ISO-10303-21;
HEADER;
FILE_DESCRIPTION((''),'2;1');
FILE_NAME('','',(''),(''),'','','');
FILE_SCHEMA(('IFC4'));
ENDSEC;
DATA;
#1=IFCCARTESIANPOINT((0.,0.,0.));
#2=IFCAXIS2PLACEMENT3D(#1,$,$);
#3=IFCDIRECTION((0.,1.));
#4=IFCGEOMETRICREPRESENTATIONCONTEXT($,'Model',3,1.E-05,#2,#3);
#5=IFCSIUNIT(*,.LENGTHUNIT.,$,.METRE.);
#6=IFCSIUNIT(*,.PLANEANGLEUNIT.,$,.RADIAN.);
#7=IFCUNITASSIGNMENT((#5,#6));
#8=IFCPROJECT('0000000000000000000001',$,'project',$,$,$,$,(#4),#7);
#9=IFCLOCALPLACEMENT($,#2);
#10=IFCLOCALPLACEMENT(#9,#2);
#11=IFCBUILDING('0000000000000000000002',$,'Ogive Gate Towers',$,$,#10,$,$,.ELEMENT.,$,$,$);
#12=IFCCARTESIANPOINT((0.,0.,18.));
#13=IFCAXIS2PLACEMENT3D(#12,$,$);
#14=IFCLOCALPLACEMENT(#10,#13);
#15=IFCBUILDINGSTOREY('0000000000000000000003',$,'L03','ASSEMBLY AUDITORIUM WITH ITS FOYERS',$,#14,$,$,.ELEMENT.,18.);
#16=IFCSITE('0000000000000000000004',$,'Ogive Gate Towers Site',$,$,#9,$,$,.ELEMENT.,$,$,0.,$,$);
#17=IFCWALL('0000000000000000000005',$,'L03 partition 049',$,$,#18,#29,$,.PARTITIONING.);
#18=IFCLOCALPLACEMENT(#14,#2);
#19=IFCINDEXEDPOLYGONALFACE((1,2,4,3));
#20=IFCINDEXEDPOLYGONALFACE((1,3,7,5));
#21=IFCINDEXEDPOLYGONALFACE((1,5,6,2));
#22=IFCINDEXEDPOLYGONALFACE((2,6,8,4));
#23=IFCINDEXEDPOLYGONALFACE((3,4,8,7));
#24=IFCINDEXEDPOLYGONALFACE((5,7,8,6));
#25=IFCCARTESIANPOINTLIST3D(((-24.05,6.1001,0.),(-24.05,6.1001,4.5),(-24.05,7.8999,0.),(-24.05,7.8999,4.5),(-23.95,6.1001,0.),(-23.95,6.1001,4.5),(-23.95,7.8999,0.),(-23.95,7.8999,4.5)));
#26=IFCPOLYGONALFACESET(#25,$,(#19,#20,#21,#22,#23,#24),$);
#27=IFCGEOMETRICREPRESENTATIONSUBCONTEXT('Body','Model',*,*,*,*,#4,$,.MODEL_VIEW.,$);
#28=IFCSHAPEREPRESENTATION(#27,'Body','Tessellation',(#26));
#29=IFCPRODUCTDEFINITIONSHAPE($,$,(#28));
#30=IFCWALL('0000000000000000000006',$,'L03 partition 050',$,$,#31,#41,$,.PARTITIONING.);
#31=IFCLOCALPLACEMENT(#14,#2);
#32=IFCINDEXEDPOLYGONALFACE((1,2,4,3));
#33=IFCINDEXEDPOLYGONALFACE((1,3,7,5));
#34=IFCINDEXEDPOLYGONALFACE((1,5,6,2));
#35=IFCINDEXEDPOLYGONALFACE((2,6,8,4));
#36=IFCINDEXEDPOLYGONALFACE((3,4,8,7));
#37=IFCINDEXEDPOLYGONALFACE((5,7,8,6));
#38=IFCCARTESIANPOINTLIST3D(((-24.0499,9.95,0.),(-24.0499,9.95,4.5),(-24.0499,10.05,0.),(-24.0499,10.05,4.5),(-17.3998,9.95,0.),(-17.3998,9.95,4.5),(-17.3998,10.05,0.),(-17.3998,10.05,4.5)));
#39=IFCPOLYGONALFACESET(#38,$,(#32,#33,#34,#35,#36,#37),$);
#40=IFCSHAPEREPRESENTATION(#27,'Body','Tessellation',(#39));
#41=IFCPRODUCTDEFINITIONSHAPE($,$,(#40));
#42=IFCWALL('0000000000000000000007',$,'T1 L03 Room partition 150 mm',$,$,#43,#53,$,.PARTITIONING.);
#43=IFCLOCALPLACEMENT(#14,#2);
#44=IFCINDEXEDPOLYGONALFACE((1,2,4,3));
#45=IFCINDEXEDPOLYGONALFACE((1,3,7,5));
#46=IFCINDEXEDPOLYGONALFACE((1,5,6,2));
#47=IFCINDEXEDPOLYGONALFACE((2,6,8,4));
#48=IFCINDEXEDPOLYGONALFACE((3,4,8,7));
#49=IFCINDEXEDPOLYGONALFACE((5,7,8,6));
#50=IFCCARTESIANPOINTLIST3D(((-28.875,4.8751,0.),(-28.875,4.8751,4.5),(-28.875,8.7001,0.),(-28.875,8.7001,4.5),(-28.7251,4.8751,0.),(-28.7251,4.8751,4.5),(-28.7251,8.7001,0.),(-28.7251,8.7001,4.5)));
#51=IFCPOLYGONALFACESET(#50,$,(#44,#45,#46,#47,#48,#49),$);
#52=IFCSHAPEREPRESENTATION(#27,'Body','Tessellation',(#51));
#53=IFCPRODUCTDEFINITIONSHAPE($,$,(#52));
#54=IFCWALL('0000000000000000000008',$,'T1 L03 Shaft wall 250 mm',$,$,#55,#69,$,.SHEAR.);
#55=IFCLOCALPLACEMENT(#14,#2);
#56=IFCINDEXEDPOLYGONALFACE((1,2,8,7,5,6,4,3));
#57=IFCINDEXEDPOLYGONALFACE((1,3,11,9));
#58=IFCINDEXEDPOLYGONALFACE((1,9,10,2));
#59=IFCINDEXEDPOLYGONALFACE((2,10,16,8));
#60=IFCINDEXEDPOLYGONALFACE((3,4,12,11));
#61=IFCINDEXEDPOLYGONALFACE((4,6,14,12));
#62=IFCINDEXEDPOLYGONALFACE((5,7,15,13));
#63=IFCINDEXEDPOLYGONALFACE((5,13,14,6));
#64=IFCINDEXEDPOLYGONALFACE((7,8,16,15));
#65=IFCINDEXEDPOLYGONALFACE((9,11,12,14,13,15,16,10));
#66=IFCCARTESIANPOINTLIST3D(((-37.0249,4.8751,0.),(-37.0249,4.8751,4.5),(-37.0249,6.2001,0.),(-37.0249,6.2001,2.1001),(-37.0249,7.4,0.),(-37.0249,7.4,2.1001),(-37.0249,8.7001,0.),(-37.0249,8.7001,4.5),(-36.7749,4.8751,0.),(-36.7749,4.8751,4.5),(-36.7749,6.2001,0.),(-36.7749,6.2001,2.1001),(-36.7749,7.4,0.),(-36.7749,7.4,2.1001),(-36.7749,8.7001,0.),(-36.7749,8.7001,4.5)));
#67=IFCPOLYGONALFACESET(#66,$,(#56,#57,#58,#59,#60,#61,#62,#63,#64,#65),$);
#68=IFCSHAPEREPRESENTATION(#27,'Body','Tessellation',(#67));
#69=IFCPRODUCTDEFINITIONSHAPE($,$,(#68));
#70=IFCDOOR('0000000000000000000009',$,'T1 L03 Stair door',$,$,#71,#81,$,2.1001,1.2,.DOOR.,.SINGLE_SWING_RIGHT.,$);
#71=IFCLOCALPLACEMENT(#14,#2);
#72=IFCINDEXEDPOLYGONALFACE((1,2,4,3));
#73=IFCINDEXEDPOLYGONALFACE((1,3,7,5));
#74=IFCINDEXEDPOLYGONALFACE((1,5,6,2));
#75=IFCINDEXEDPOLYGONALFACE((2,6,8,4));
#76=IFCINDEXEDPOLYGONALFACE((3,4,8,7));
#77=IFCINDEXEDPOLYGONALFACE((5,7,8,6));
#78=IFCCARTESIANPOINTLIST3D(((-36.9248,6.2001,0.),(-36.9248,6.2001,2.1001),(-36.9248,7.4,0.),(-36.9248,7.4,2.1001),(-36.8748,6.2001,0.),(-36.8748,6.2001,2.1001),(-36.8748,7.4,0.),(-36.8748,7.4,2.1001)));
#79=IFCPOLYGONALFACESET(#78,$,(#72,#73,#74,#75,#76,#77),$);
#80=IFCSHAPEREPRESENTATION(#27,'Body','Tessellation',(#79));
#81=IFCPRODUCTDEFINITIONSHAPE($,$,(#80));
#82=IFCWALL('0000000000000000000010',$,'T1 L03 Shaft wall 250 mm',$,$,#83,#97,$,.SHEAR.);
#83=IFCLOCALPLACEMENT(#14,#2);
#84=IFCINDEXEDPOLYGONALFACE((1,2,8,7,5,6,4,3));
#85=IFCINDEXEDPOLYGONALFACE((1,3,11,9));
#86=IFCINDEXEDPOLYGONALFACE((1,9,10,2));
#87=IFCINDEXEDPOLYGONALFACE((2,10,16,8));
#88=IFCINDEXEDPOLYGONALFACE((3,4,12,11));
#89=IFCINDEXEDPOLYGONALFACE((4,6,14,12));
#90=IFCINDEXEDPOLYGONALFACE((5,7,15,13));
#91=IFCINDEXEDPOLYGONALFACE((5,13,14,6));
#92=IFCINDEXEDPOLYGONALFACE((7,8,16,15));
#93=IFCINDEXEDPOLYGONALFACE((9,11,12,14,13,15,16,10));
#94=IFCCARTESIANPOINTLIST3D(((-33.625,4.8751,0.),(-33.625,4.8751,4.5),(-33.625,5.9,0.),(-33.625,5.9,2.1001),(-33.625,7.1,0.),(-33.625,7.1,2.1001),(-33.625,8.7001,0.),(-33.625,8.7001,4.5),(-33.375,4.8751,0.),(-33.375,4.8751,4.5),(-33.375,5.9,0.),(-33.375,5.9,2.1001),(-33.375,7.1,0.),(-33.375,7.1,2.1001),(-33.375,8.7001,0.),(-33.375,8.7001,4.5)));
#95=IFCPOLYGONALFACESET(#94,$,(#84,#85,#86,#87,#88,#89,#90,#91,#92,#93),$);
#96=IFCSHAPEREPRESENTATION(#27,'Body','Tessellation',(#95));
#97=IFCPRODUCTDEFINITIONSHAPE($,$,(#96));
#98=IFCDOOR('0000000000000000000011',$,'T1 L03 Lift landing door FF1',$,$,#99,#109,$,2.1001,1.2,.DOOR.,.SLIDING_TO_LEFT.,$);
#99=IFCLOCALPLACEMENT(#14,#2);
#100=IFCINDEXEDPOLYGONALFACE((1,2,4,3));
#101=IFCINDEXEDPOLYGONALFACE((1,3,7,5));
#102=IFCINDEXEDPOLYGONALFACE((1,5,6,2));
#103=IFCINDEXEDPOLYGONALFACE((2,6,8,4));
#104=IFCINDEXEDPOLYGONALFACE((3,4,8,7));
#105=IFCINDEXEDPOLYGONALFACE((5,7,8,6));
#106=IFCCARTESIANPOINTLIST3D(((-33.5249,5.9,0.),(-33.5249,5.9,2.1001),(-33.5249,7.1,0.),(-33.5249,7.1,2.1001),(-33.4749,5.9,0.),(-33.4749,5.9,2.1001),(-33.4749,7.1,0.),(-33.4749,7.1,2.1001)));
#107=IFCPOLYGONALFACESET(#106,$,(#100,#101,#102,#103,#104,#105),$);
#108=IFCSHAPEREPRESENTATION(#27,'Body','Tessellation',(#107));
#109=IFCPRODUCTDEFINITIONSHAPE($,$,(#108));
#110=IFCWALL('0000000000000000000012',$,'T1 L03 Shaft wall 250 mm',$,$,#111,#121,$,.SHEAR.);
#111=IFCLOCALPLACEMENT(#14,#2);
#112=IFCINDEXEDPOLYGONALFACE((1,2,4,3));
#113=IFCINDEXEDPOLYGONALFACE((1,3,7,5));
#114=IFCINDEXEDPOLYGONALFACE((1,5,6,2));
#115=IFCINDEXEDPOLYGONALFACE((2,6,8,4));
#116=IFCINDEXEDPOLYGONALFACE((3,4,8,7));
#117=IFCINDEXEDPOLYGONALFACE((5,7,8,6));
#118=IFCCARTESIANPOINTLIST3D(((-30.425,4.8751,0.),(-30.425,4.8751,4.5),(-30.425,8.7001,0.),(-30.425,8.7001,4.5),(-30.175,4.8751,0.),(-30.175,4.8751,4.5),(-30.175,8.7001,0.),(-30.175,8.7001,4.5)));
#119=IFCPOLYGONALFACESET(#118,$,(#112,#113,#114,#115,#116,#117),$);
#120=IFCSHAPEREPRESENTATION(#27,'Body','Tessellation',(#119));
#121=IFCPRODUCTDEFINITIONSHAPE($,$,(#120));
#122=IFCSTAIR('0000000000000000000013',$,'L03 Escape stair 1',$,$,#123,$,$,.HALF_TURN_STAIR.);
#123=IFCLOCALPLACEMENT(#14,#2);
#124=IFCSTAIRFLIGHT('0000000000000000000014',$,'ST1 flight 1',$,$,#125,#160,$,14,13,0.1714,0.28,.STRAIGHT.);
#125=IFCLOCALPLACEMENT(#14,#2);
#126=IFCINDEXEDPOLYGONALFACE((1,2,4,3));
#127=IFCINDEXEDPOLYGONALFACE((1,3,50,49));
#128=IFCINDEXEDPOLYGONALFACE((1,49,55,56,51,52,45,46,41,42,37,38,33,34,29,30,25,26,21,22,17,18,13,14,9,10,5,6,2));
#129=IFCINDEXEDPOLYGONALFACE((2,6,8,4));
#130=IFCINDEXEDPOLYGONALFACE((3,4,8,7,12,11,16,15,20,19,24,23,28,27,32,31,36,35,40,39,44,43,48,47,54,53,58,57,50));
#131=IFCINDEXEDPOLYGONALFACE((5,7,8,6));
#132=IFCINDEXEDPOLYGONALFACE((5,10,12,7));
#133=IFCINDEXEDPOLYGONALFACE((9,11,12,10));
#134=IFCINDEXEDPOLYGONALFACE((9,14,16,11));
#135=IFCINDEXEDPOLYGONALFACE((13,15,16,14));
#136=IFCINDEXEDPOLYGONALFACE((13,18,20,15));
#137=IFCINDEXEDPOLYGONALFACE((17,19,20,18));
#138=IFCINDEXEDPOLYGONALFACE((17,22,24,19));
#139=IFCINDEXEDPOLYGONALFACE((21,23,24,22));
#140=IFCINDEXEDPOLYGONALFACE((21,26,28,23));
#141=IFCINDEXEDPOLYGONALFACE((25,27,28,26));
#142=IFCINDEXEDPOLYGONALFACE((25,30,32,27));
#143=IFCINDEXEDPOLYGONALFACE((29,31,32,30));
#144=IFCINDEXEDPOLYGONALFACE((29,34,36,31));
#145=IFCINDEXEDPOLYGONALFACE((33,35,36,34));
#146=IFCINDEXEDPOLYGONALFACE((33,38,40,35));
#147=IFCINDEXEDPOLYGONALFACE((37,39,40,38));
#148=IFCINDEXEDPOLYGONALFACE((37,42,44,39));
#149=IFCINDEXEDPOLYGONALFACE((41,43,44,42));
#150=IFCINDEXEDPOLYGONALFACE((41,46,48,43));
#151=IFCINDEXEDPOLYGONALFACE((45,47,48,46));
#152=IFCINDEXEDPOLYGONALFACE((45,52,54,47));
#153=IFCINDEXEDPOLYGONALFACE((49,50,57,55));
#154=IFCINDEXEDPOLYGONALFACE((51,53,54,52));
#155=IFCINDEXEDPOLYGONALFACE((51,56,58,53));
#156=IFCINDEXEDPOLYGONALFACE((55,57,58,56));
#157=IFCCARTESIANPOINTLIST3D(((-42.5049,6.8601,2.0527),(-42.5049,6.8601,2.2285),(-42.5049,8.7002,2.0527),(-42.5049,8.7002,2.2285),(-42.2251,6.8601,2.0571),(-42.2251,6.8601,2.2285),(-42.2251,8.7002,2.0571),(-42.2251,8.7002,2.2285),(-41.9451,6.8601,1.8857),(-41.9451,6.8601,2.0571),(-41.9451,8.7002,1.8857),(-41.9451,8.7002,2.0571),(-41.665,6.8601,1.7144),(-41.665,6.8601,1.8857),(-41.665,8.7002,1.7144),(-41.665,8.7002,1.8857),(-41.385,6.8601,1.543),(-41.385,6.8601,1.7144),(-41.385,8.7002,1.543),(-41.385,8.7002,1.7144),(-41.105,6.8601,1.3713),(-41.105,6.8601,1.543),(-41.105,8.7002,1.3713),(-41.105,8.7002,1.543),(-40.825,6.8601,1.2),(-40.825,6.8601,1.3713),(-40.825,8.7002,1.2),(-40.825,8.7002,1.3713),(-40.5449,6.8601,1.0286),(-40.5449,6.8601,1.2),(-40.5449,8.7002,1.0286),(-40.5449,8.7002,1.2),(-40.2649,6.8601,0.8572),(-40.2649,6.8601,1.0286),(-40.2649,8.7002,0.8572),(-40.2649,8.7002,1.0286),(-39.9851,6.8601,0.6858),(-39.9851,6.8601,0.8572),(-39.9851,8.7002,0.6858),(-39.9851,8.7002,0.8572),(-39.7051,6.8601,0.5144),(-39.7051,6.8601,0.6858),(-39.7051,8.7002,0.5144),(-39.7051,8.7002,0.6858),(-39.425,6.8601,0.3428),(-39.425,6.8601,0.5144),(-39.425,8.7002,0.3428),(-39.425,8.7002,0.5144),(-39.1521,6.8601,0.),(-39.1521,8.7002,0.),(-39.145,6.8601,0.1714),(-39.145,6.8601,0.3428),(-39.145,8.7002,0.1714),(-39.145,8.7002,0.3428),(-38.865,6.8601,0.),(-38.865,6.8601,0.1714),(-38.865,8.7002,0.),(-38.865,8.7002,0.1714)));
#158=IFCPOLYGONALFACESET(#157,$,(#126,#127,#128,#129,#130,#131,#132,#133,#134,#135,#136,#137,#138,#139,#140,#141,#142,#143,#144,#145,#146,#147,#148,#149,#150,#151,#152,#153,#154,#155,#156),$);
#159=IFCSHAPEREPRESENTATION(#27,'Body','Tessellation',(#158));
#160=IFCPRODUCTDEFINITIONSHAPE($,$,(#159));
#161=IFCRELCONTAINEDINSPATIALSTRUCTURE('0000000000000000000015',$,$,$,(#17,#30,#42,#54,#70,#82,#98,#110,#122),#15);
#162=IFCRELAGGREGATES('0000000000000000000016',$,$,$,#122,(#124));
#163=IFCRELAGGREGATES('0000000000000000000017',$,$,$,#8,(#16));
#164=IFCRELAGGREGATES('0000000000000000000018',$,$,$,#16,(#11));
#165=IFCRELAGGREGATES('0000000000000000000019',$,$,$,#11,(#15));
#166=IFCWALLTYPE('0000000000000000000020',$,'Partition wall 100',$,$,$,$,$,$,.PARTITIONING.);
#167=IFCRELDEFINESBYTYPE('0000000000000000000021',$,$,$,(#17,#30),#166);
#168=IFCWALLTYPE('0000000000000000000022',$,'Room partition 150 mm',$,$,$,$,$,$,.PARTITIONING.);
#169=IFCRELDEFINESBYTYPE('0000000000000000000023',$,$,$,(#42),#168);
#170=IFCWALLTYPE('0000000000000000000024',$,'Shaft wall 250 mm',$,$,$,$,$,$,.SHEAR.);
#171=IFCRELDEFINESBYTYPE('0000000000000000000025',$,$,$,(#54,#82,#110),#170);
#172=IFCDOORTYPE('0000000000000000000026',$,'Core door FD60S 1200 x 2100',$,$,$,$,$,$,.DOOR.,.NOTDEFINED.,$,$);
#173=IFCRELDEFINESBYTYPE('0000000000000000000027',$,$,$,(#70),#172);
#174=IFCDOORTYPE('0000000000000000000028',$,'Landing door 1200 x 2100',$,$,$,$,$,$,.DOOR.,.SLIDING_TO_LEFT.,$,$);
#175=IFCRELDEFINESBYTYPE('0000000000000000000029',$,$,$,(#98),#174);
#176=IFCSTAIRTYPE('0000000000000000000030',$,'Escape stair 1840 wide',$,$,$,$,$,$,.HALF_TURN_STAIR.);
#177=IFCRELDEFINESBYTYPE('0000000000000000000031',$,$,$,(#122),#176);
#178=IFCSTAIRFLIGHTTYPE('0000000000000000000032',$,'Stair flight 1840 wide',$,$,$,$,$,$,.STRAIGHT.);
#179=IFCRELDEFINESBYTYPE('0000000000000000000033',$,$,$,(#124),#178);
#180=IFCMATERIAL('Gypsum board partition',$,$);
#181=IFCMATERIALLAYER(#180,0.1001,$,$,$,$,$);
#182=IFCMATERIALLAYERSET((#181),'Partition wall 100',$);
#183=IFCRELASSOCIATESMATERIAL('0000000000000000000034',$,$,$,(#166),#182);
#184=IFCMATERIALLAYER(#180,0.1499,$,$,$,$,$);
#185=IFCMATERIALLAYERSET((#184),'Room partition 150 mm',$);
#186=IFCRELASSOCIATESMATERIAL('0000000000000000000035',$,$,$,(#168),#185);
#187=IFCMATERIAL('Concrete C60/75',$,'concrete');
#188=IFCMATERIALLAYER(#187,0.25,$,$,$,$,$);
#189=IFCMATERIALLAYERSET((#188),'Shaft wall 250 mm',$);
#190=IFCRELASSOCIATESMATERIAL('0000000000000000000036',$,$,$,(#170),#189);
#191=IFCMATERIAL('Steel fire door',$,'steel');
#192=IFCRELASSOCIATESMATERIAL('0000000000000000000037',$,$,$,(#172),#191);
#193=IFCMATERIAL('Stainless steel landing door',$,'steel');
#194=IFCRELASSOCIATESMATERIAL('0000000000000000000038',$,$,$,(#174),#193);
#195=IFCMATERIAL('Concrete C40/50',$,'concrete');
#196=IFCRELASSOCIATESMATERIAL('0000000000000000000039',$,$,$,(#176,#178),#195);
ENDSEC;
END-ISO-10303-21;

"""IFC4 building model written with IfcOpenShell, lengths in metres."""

from ifc_helpers import new_model, si_unit, direction, frame, frame_2d, origin, place, context, subcontext, project, spatial, polyline, rectangle, outline, extrude, material, layer, layer_set, type_object, element, fill, aggregate, save


model = new_model("IFC4")

# Units and contexts
model_context = context("Model", 3, precision=1e-05, world=origin(), true_north=direction((0.0, 1.0)))
body_context = subcontext(model_context, "Body", "Model", "MODEL_VIEW")
ifc_project = project(units=[si_unit("LENGTHUNIT", "METRE"), si_unit("PLANEANGLEUNIT", "RADIAN")], contexts=[model_context])

# Site, building, storey
site_placement = place(None, origin())
site = spatial("IfcSite", under=ifc_project, at=site_placement, Name="Ogive Gate Towers Site", CompositionType="ELEMENT", RefElevation=0.0)
building_placement = place(site_placement, origin())
building = spatial("IfcBuilding", under=site, at=building_placement, Name="Ogive Gate Towers", CompositionType="ELEMENT")
storey_placement = place(building_placement, frame((0.0, 0.0, 18.0)))
storey = spatial("IfcBuildingStorey", under=building, at=storey_placement, Name="L03", Description="ASSEMBLY AUDITORIUM WITH ITS FOYERS", CompositionType="ELEMENT", Elevation=18.0)

# Walls
ifc_material_1 = material(Name="Gypsum board partition")
ifc_layer_1 = layer(ifc_material_1, 0.1001)
ifc_layer_set_1 = layer_set([ifc_layer_1], Name="Partition wall 100")
wall_type_1 = type_object("IfcWallType", Name="Partition wall 100", PredefinedType="PARTITIONING", material=ifc_layer_set_1)
wall_1_placement = place(storey_placement, frame((-24.0, 6.1001, 0.0), z_axis=(0.0, 0.0, 1.0), x_axis=(0.0, 1.0, 0.0)))
element("IfcWall", 1, at=wall_1_placement, inside=storey, type_object=wall_type_1, Name="L03 partition 049", PredefinedType="PARTITIONING", context=body_context, shape_type="SweptSolid", body=[
    extrude(rectangle(XDim=1.7998, YDim=0.1001, at=frame_2d((0.8999, 0.0))), origin(), (0.0, 0.0, 1.0), 4.5),
])
wall_2_placement = place(storey_placement, frame((-24.05, 10.0, 0.0), z_axis=(0.0, 0.0, 1.0), x_axis=(1.0, 0.0, 0.0)))
element("IfcWall", 2, at=wall_2_placement, inside=storey, type_object=wall_type_1, Name="L03 partition 050", PredefinedType="PARTITIONING", context=body_context, shape_type="SweptSolid", body=[
    extrude(rectangle(XDim=6.6501, YDim=0.1001, at=frame_2d((3.3252, 0.0))), origin(), (0.0, 0.0, 1.0), 4.5),
])
ifc_layer_2 = layer(ifc_material_1, 0.1499)
ifc_layer_set_2 = layer_set([ifc_layer_2], Name="Room partition 150 mm")
wall_type_2 = type_object("IfcWallType", Name="Room partition 150 mm", PredefinedType="PARTITIONING", material=ifc_layer_set_2)
wall_3_placement = place(storey_placement, frame((-28.8, 4.875, 0.0), z_axis=(0.0, 0.0, 1.0), x_axis=(0.0, 1.0, 0.0)))
element("IfcWall", 3, at=wall_3_placement, inside=storey, type_object=wall_type_2, Name="T1 L03 Room partition 150 mm", PredefinedType="PARTITIONING", context=body_context, shape_type="SweptSolid", body=[
    extrude(rectangle(XDim=3.825, YDim=0.1499, at=frame_2d((1.9126, 0.0))), origin(), (0.0, 0.0, 1.0), 4.5),
])

# Walls, openings, doors
ifc_material_2 = material(Name="Concrete C60/75", Category="concrete")
ifc_layer_3 = layer(ifc_material_2, 0.25)
ifc_layer_set_3 = layer_set([ifc_layer_3], Name="Shaft wall 250 mm")
wall_type_3 = type_object("IfcWallType", Name="Shaft wall 250 mm", PredefinedType="SHEAR", material=ifc_layer_set_3)
wall_4_placement = place(storey_placement, frame((-36.8999, 4.875, 0.0), z_axis=(0.0, 0.0, 1.0), x_axis=(0.0, 1.0, 0.0)))
wall_4 = element("IfcWall", 4, at=wall_4_placement, inside=storey, type_object=wall_type_3, Name="T1 L03 Shaft wall 250 mm", PredefinedType="SHEAR", context=body_context, shape_type="SweptSolid", body=[
    extrude(rectangle(XDim=3.825, YDim=0.25, at=frame_2d((1.9126, 0.0))), origin(), (0.0, 0.0, 1.0), 4.5),
])
opening_1_placement = place(wall_4_placement, frame((1.325, 0.0, 0.0)))
opening_1 = element("IfcOpeningElement", 5, at=opening_1_placement, cuts=wall_4, PredefinedType="OPENING", context=body_context, shape_type="SweptSolid", body=[
    extrude(rectangle(XDim=1.2, YDim=2.1001, at=frame_2d((0.6001, 1.05))), frame((0.0, 0.135, 0.0), z_axis=(0.0, -1.0, 0.0), x_axis=(1.0, 0.0, 0.0)), (0.0, 0.0, 1.0), 0.27),
])
ifc_material_3 = material(Name="Steel fire door", Category="steel")
door_type_1 = type_object("IfcDoorType", Name="Core door FD60S 1200 x 2100", OperationType="NOTDEFINED", PredefinedType="DOOR", material=ifc_material_3)
door_1_placement = place(opening_1_placement, origin())
door_1 = element("IfcDoor", 6, at=door_1_placement, inside=storey, type_object=door_type_1, Name="T1 L03 Stair door", OperationType="SINGLE_SWING_RIGHT", OverallHeight=2.1001, OverallWidth=1.2, PredefinedType="DOOR", context=body_context, shape_type="SweptSolid", body=[
    extrude(rectangle(XDim=1.2, YDim=2.1001, at=frame_2d((0.6001, 1.05))), frame((0.0, 0.0249, 0.0), z_axis=(0.0, -1.0, 0.0), x_axis=(1.0, 0.0, 0.0)), (0.0, 0.0, 1.0), 0.05),
])
fill(opening_1, door_1)
wall_5_placement = place(storey_placement, frame((-33.5, 4.875, 0.0), z_axis=(0.0, 0.0, 1.0), x_axis=(0.0, 1.0, 0.0)))
wall_5 = element("IfcWall", 7, at=wall_5_placement, inside=storey, type_object=wall_type_3, Name="T1 L03 Shaft wall 250 mm", PredefinedType="SHEAR", context=body_context, shape_type="SweptSolid", body=[
    extrude(rectangle(XDim=3.825, YDim=0.25, at=frame_2d((1.9126, 0.0))), origin(), (0.0, 0.0, 1.0), 4.5),
])
opening_2_placement = place(wall_5_placement, frame((1.0249, 0.0, 0.0)))
opening_2 = element("IfcOpeningElement", 8, at=opening_2_placement, cuts=wall_5, PredefinedType="OPENING", context=body_context, shape_type="SweptSolid", body=[
    extrude(rectangle(XDim=1.2, YDim=2.1001, at=frame_2d((0.6001, 1.05))), frame((0.0, 0.135, 0.0), z_axis=(0.0, -1.0, 0.0), x_axis=(1.0, 0.0, 0.0)), (0.0, 0.0, 1.0), 0.27),
])
ifc_material_4 = material(Name="Stainless steel landing door", Category="steel")
door_type_2 = type_object("IfcDoorType", Name="Landing door 1200 x 2100", OperationType="SLIDING_TO_LEFT", PredefinedType="DOOR", material=ifc_material_4)
door_2_placement = place(opening_2_placement, origin())
door_2 = element("IfcDoor", 9, at=door_2_placement, inside=storey, type_object=door_type_2, Name="T1 L03 Lift landing door FF1", OperationType="SLIDING_TO_LEFT", OverallHeight=2.1001, OverallWidth=1.2, PredefinedType="DOOR", context=body_context, shape_type="SweptSolid", body=[
    extrude(rectangle(XDim=1.2, YDim=2.1001, at=frame_2d((0.6001, 1.05))), frame((0.0, 0.0249, 0.0), z_axis=(0.0, -1.0, 0.0), x_axis=(1.0, 0.0, 0.0)), (0.0, 0.0, 1.0), 0.05),
])
fill(opening_2, door_2)

# Wall
wall_6_placement = place(storey_placement, frame((-30.3, 4.875, 0.0), z_axis=(0.0, 0.0, 1.0), x_axis=(0.0, 1.0, 0.0)))
element("IfcWall", 10, at=wall_6_placement, inside=storey, type_object=wall_type_3, Name="T1 L03 Shaft wall 250 mm", PredefinedType="SHEAR", context=body_context, shape_type="SweptSolid", body=[
    extrude(rectangle(XDim=3.825, YDim=0.25, at=frame_2d((1.9126, 0.0))), origin(), (0.0, 0.0, 1.0), 4.5),
])

# Stair, stair flight
ifc_material_5 = material(Name="Concrete C40/50", Category="concrete")
stair_type = type_object("IfcStairType", Name="Escape stair 1840 wide", PredefinedType="HALF_TURN_STAIR", material=ifc_material_5)
stair_placement = place(storey_placement, origin())
stair = element("IfcStair", 11, at=stair_placement, inside=storey, type_object=stair_type, Name="L03 Escape stair 1", PredefinedType="HALF_TURN_STAIR")
stair_flight_type = type_object("IfcStairFlightType", Name="Stair flight 1840 wide", PredefinedType="STRAIGHT", material=ifc_material_5)
stair_flight_placement = place(storey_placement, frame((-38.865, 7.78, 0.0), z_axis=(0.0, 0.0, 1.0), x_axis=(-1.0, 0.0, 0.0)))
stair_flight = element("IfcStairFlight", 12, at=stair_flight_placement, type_object=stair_flight_type, Name="ST1 flight 1", NumberOfRisers=14, NumberOfTreads=13, PredefinedType="STRAIGHT", RiserHeight=0.1714, TreadLength=0.28, context=body_context, shape_type="SweptSolid", body=[
    extrude(outline(polyline([(0.0, 0.0), (0.0, 0.1714), (0.28, 0.1714), (0.28, 0.3428), (0.5601, 0.3428), (0.5601, 0.5144), (0.8401, 0.5144), (0.8401, 0.6858), (1.1201, 0.6858), (1.1201, 0.8572), (1.3999, 0.8572), (1.3999, 1.0286), (1.6799, 1.0286), (1.6799, 1.2), (1.96, 1.2), (1.96, 1.3713), (2.24, 1.3713), (2.24, 1.543), (2.52, 1.543), (2.52, 1.7144), (2.8, 1.7144), (2.8, 1.8857), (3.0801, 1.8857), (3.0801, 2.0571), (3.3601, 2.0571), (3.3601, 2.2285), (3.6399, 2.2285), (3.6399, 2.3999), (3.6399, 2.0527), (0.2871, 0.0), (0.0, 0.0)])), frame((0.0, 0.9199, 0.0), z_axis=(0.0, -1.0, 0.0), x_axis=(1.0, 0.0, 0.0)), (0.0, 0.0, 1.0), 1.8401),
])
aggregate(stair, [stair_flight])

save(model, "model.ifc")
